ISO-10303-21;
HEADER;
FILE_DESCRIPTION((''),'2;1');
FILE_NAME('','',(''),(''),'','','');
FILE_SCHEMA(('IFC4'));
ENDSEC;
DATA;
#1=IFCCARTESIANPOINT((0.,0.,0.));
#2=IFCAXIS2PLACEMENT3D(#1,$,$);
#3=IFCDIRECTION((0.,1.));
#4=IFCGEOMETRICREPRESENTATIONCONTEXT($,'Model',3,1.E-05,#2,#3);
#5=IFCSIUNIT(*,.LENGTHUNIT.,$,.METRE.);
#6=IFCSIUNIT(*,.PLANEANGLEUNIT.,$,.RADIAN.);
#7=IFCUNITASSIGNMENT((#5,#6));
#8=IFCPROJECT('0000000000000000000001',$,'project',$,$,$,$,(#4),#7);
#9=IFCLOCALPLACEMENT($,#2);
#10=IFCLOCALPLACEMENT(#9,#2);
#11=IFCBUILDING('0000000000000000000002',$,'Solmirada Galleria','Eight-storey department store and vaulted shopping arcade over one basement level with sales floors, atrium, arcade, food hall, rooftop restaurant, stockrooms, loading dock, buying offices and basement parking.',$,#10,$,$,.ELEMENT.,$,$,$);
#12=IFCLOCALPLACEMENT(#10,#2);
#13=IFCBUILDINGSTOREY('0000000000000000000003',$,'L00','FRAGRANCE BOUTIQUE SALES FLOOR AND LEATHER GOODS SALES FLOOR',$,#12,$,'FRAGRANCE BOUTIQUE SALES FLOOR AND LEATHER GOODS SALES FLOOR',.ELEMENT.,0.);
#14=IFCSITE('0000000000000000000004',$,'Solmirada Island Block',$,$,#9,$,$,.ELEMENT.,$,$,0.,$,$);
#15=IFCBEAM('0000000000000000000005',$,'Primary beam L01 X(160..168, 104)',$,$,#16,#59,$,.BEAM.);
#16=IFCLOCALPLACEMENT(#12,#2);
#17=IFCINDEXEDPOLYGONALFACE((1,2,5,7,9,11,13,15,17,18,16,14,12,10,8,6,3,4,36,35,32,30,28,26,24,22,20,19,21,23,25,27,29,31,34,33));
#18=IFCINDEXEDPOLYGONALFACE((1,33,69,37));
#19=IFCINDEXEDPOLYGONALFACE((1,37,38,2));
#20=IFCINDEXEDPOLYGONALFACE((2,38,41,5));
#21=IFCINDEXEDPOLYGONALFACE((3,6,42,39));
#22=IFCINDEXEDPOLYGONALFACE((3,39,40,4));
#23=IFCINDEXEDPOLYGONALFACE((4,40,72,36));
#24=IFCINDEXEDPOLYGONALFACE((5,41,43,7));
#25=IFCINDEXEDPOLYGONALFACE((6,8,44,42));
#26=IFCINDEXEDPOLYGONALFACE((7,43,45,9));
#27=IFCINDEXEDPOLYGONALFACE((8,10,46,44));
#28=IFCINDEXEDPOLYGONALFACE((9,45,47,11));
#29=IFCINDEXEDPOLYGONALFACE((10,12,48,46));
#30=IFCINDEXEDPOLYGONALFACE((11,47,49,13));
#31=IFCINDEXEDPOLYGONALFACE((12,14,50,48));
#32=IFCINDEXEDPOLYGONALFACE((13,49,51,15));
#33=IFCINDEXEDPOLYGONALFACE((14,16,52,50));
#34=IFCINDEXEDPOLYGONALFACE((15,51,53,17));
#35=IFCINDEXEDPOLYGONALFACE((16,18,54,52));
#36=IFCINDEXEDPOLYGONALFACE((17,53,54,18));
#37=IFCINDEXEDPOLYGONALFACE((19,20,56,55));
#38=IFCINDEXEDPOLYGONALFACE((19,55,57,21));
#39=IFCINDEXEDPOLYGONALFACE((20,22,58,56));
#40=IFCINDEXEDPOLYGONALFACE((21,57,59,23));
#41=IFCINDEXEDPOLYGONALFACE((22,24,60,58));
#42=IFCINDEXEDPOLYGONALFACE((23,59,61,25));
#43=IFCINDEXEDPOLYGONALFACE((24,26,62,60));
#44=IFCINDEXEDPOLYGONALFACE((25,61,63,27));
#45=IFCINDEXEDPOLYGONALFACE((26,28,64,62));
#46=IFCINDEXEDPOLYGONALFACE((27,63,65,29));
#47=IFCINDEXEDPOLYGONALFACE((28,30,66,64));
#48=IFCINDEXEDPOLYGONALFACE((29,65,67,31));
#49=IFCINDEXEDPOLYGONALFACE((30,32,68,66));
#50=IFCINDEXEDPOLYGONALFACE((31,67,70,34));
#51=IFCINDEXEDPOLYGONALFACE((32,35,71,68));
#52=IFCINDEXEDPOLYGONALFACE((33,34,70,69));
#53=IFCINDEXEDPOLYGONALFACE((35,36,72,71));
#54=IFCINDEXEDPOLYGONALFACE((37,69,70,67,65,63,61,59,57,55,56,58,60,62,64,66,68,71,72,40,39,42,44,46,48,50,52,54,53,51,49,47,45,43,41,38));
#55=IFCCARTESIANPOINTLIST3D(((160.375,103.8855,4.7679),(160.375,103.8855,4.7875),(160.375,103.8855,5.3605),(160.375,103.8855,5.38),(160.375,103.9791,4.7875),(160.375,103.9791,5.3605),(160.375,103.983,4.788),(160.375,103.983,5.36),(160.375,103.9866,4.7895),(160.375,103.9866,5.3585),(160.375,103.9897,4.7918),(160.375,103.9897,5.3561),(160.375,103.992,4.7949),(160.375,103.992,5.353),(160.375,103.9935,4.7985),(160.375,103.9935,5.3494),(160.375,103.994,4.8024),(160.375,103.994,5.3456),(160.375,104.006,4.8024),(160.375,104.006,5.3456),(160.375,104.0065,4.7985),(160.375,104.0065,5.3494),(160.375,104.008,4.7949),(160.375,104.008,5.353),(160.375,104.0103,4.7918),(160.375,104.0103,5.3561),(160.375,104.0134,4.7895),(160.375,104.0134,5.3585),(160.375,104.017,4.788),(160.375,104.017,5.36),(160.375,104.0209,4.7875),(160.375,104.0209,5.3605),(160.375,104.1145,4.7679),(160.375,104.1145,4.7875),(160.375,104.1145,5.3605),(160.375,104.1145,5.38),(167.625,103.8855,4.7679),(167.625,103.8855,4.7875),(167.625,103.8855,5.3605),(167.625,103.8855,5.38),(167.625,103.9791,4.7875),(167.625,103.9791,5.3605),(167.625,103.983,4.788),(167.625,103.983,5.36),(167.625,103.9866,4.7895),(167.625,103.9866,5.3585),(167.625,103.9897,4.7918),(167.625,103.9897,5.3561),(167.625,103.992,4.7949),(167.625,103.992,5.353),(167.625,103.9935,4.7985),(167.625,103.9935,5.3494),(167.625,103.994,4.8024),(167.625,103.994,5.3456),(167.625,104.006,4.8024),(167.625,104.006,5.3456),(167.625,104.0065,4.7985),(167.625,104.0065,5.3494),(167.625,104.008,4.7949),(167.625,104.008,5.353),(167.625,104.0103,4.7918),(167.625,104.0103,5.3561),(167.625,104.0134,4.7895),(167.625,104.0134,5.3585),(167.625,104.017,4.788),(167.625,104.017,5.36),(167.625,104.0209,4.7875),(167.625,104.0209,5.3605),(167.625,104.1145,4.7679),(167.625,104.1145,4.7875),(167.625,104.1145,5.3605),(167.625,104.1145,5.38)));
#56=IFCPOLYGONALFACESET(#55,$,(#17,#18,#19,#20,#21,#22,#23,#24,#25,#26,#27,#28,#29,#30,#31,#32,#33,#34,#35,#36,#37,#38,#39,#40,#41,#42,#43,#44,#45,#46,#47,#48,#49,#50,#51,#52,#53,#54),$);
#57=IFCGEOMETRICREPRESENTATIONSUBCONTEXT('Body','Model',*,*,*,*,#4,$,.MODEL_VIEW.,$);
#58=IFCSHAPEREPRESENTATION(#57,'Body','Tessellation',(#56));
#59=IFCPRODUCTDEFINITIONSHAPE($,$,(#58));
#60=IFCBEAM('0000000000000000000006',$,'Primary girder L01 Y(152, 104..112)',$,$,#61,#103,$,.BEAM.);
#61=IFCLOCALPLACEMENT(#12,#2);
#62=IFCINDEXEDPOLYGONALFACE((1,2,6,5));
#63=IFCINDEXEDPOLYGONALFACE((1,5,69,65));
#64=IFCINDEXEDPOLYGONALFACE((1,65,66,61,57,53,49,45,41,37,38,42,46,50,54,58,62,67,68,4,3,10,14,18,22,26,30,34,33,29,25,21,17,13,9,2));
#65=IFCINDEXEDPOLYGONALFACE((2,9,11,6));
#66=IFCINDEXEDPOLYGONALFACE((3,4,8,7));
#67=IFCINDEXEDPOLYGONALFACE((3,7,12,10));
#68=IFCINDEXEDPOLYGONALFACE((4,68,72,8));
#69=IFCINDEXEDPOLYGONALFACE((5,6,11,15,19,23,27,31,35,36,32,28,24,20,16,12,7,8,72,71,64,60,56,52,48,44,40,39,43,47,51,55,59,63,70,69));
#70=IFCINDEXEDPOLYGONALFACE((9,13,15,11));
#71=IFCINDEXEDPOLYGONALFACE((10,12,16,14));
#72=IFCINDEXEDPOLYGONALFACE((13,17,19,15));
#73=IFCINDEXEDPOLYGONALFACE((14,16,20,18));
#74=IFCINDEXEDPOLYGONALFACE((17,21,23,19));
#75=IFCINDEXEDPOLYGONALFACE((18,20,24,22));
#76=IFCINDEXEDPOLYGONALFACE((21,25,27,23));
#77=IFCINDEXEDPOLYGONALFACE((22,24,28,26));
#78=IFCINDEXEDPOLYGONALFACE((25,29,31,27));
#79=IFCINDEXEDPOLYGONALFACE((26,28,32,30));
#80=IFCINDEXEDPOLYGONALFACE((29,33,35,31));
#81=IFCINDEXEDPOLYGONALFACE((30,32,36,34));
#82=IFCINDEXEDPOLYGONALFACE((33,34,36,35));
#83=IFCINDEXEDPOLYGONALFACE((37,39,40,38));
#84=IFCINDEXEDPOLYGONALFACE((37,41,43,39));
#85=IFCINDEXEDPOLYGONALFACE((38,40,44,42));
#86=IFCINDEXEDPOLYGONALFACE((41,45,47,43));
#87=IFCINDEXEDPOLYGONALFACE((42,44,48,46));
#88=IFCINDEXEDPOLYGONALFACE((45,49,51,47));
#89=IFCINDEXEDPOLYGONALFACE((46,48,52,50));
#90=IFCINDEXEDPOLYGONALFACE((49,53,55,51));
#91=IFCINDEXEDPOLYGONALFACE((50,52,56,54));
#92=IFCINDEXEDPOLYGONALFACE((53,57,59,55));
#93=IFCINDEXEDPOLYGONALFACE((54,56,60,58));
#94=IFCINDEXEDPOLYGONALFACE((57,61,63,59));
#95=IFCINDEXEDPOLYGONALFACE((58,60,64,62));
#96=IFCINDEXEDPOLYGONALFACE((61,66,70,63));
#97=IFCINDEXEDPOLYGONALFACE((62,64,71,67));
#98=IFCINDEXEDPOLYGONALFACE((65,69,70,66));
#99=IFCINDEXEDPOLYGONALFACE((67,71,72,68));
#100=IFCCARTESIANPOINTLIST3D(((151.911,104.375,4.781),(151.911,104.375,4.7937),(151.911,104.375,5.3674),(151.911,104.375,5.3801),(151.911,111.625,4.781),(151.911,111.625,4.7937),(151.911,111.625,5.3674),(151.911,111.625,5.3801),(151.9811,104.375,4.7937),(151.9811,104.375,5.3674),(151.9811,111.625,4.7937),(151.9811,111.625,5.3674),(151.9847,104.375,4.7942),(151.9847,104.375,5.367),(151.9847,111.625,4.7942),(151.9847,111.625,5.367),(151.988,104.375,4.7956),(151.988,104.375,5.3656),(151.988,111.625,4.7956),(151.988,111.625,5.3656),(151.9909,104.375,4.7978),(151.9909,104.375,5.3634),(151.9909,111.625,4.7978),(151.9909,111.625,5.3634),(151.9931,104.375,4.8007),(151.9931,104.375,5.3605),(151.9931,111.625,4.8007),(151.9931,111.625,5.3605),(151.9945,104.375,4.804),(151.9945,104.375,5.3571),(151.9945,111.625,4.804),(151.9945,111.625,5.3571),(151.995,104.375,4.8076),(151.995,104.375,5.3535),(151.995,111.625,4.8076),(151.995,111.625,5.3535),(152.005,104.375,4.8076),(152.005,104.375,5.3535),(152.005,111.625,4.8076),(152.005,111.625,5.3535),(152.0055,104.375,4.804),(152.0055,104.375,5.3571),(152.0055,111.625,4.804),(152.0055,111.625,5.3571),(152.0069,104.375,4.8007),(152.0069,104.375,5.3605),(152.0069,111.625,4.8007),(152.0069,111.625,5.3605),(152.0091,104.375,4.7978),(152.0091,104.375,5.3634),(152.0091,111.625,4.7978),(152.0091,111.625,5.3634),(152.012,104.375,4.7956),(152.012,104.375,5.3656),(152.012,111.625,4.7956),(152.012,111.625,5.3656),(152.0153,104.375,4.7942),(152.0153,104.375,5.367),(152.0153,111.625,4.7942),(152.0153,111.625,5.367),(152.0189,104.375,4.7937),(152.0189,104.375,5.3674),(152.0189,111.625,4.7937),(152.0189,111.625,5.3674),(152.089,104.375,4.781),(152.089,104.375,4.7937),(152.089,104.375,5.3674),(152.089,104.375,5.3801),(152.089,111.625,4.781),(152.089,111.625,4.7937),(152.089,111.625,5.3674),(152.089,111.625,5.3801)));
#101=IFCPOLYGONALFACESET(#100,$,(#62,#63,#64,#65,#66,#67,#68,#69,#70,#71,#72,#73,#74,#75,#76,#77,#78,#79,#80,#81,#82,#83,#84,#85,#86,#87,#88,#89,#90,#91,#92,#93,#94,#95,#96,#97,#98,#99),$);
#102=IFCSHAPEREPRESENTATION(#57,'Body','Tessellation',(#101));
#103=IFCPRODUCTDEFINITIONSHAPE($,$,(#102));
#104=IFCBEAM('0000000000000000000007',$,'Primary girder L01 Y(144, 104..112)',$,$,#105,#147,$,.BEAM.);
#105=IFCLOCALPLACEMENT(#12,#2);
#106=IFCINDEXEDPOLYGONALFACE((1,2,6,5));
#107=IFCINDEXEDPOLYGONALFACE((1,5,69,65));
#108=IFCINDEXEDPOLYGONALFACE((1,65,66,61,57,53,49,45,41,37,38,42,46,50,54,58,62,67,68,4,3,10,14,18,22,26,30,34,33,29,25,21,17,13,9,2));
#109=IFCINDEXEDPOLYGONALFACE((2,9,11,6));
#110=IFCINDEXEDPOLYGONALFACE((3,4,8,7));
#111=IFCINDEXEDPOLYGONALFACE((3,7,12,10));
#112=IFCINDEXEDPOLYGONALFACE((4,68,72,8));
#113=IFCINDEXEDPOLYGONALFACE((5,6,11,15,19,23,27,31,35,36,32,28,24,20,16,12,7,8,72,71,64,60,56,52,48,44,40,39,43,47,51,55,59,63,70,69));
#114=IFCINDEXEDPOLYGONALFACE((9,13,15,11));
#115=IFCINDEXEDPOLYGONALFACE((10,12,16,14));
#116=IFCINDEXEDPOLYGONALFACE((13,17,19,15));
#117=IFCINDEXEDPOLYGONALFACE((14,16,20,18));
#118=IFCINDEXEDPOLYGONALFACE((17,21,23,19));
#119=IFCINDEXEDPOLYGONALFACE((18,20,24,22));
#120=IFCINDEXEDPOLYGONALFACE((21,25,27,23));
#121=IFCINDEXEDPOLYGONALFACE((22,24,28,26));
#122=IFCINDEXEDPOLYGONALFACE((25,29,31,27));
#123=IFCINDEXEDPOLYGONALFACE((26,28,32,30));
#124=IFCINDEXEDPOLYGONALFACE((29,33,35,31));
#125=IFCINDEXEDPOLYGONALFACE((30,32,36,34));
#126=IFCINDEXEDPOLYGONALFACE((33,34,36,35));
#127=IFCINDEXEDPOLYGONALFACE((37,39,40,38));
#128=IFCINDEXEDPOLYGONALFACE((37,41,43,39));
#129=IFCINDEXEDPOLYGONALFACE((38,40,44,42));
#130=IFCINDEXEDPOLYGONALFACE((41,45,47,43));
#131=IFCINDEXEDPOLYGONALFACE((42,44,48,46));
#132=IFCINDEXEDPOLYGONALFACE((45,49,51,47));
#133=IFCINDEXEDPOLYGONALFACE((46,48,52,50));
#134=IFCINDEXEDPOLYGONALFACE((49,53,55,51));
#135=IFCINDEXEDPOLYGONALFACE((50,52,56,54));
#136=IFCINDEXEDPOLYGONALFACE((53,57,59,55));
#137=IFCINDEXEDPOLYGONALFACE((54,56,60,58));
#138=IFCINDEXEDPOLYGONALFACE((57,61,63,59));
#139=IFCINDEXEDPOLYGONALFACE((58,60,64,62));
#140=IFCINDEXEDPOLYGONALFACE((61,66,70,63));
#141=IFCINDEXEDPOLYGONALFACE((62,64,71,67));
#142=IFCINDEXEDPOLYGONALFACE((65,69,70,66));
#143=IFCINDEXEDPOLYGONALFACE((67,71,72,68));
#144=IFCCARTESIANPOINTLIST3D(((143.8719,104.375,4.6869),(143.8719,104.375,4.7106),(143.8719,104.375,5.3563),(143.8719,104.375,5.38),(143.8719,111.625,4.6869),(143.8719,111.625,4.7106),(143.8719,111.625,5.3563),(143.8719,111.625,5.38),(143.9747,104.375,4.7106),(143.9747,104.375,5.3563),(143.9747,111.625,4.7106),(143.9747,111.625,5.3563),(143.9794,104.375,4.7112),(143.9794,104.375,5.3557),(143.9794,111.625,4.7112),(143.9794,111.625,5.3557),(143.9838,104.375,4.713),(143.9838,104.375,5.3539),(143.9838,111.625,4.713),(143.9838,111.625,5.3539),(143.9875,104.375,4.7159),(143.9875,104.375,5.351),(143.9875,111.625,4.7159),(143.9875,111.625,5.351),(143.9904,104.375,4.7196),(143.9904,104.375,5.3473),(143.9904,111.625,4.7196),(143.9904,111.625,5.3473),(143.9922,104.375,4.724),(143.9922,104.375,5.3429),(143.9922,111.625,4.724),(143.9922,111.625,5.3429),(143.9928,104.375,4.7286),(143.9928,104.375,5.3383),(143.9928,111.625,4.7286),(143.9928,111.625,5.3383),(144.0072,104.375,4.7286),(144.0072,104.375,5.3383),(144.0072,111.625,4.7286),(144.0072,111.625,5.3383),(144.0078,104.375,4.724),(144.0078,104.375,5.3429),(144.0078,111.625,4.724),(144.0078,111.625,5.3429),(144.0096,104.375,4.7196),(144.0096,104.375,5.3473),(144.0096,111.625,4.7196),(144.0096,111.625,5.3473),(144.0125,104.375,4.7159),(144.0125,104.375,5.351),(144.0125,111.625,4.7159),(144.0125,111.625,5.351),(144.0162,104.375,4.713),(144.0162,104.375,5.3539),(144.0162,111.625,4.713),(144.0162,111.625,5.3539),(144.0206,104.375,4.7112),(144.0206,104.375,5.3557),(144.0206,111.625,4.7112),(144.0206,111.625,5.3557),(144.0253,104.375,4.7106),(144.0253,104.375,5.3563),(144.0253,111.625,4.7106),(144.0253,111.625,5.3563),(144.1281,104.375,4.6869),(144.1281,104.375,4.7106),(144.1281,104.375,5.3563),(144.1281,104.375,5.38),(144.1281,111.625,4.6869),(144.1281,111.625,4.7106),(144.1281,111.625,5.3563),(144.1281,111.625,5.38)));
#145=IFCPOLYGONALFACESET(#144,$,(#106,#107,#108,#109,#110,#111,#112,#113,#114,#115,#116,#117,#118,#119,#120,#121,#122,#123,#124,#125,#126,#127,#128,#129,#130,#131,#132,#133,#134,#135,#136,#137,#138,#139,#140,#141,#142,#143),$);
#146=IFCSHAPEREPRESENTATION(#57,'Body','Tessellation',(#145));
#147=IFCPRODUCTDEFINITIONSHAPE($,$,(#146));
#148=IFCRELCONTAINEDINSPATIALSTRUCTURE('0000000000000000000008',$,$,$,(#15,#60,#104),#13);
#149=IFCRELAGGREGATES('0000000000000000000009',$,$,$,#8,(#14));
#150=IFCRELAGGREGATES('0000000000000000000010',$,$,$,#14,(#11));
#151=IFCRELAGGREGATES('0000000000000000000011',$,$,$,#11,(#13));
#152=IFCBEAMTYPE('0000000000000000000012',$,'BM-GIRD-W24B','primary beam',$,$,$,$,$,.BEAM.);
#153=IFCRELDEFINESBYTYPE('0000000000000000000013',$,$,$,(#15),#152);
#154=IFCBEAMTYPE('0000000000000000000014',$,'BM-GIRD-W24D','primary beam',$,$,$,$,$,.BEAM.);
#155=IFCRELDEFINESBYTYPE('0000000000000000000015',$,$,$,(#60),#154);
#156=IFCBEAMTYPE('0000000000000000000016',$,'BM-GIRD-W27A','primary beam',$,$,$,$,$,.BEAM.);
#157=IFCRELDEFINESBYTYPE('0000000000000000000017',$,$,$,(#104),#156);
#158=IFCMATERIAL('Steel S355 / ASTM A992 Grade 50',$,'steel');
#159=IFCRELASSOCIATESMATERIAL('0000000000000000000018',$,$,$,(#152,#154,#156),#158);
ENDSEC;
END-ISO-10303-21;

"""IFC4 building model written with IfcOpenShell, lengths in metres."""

from ifc_helpers import new_model, si_unit, direction, frame, origin, origin_2d, place, context, subcontext, project, spatial, i_section, extrude, material, material_profile, profile_set, type_object, element, save


model = new_model("IFC4")

# Units and contexts
model_context = context("Model", 3, precision=1e-05, world=origin(), true_north=direction((0.0, 1.0)))
body_context = subcontext(model_context, "Body", "Model", "MODEL_VIEW")
ifc_project = project(units=[si_unit("LENGTHUNIT", "METRE"), si_unit("PLANEANGLEUNIT", "RADIAN")], contexts=[model_context])

# Site, building, storey
site_placement = place(None, origin())
site = spatial("IfcSite", under=ifc_project, at=site_placement, Name="Solmirada Island Block", CompositionType="ELEMENT", RefElevation=0.0)
building_placement = place(site_placement, origin())
building = spatial("IfcBuilding", under=site, at=building_placement, Name="Solmirada Galleria", Description="Eight-storey department store and vaulted shopping arcade over one basement level with sales floors, atrium, arcade, food hall, rooftop restaurant, stockrooms, loading dock, buying offices and basement parking.", CompositionType="ELEMENT")
storey_placement = place(building_placement, origin())
storey = spatial("IfcBuildingStorey", under=building, at=storey_placement, Name="L00", Description="FRAGRANCE BOUTIQUE SALES FLOOR AND LEATHER GOODS SALES FLOOR", LongName="FRAGRANCE BOUTIQUE SALES FLOOR AND LEATHER GOODS SALES FLOOR", CompositionType="ELEMENT", Elevation=0.0)

# Beams
ifc_material_1 = material(Name="Steel S355 / ASTM A992 Grade 50", Category="steel")
ifc_material_profile_1 = material_profile(ifc_material_1, i_section(OverallWidth=0.229, OverallDepth=0.6121, WebThickness=0.012, FlangeThickness=0.0195, FilletRadius=0.0149, at=origin_2d()), Name="W24X84")
ifc_profile_set_1 = profile_set([ifc_material_profile_1], Name="Steel S355 / ASTM A992 Grade 50")
beam_type_1 = type_object("IfcBeamType", Name="BM-GIRD-W24B", Description="primary beam", PredefinedType="BEAM", material=ifc_profile_set_1)
for number, where, z_axis, x_axis, name in (
    (1, (160.375, 104.0, 5.074), (1.0, 0.0, 0.0), (0.0, 1.0, 0.0), "Primary beam L01 X(160..168, 104)"),
):
    element("IfcBeam", number, at=place(storey_placement, frame(where, z_axis=z_axis, x_axis=x_axis)), inside=storey, type_object=beam_type_1, Name=name, PredefinedType="BEAM", context=body_context, shape_type="SweptSolid", body=[
        extrude(i_section(OverallWidth=0.229, OverallDepth=0.6121, WebThickness=0.012, FlangeThickness=0.0195, FilletRadius=0.0149, at=origin_2d()), origin(), (0.0, 0.0, 1.0), 7.25),
    ])
ifc_material_profile_2 = material_profile(ifc_material_1, i_section(OverallWidth=0.178, OverallDepth=0.5991, WebThickness=0.01, FlangeThickness=0.0127, FilletRadius=0.0139, at=origin_2d()), Name="W24X55")
ifc_profile_set_2 = profile_set([ifc_material_profile_2], Name="Steel S355 / ASTM A992 Grade 50")
beam_type_2 = type_object("IfcBeamType", Name="BM-GIRD-W24D", Description="primary beam", PredefinedType="BEAM", material=ifc_profile_set_2)
beam_1_placement = place(storey_placement, frame((152.0, 104.375, 5.0806), z_axis=(0.0, 1.0, 0.0), x_axis=(-1.0, 0.0, 0.0)))
element("IfcBeam", 2, at=beam_1_placement, inside=storey, type_object=beam_type_2, Name="Primary girder L01 Y(152, 104..112)", PredefinedType="BEAM", context=body_context, shape_type="SweptSolid", body=[
    extrude(i_section(OverallWidth=0.178, OverallDepth=0.5991, WebThickness=0.01, FlangeThickness=0.0127, FilletRadius=0.0139, at=origin_2d()), origin(), (0.0, 0.0, 1.0), 7.25),
])
ifc_material_profile_3 = material_profile(ifc_material_1, i_section(OverallWidth=0.2561, OverallDepth=0.6931, WebThickness=0.0144, FlangeThickness=0.0237, FilletRadius=0.0181, at=origin_2d()), Name="W27X114")
ifc_profile_set_3 = profile_set([ifc_material_profile_3], Name="Steel S355 / ASTM A992 Grade 50")
beam_type_3 = type_object("IfcBeamType", Name="BM-GIRD-W27A", Description="primary beam", PredefinedType="BEAM", material=ifc_profile_set_3)
beam_2_placement = place(storey_placement, frame((144.0, 104.375, 5.0334), z_axis=(0.0, 1.0, 0.0), x_axis=(-1.0, 0.0, 0.0)))
element("IfcBeam", 3, at=beam_2_placement, inside=storey, type_object=beam_type_3, Name="Primary girder L01 Y(144, 104..112)", PredefinedType="BEAM", context=body_context, shape_type="SweptSolid", body=[
    extrude(i_section(OverallWidth=0.2561, OverallDepth=0.6931, WebThickness=0.0144, FlangeThickness=0.0237, FilletRadius=0.0181, at=origin_2d()), origin(), (0.0, 0.0, 1.0), 7.25),
])

save(model, "model.ifc")
